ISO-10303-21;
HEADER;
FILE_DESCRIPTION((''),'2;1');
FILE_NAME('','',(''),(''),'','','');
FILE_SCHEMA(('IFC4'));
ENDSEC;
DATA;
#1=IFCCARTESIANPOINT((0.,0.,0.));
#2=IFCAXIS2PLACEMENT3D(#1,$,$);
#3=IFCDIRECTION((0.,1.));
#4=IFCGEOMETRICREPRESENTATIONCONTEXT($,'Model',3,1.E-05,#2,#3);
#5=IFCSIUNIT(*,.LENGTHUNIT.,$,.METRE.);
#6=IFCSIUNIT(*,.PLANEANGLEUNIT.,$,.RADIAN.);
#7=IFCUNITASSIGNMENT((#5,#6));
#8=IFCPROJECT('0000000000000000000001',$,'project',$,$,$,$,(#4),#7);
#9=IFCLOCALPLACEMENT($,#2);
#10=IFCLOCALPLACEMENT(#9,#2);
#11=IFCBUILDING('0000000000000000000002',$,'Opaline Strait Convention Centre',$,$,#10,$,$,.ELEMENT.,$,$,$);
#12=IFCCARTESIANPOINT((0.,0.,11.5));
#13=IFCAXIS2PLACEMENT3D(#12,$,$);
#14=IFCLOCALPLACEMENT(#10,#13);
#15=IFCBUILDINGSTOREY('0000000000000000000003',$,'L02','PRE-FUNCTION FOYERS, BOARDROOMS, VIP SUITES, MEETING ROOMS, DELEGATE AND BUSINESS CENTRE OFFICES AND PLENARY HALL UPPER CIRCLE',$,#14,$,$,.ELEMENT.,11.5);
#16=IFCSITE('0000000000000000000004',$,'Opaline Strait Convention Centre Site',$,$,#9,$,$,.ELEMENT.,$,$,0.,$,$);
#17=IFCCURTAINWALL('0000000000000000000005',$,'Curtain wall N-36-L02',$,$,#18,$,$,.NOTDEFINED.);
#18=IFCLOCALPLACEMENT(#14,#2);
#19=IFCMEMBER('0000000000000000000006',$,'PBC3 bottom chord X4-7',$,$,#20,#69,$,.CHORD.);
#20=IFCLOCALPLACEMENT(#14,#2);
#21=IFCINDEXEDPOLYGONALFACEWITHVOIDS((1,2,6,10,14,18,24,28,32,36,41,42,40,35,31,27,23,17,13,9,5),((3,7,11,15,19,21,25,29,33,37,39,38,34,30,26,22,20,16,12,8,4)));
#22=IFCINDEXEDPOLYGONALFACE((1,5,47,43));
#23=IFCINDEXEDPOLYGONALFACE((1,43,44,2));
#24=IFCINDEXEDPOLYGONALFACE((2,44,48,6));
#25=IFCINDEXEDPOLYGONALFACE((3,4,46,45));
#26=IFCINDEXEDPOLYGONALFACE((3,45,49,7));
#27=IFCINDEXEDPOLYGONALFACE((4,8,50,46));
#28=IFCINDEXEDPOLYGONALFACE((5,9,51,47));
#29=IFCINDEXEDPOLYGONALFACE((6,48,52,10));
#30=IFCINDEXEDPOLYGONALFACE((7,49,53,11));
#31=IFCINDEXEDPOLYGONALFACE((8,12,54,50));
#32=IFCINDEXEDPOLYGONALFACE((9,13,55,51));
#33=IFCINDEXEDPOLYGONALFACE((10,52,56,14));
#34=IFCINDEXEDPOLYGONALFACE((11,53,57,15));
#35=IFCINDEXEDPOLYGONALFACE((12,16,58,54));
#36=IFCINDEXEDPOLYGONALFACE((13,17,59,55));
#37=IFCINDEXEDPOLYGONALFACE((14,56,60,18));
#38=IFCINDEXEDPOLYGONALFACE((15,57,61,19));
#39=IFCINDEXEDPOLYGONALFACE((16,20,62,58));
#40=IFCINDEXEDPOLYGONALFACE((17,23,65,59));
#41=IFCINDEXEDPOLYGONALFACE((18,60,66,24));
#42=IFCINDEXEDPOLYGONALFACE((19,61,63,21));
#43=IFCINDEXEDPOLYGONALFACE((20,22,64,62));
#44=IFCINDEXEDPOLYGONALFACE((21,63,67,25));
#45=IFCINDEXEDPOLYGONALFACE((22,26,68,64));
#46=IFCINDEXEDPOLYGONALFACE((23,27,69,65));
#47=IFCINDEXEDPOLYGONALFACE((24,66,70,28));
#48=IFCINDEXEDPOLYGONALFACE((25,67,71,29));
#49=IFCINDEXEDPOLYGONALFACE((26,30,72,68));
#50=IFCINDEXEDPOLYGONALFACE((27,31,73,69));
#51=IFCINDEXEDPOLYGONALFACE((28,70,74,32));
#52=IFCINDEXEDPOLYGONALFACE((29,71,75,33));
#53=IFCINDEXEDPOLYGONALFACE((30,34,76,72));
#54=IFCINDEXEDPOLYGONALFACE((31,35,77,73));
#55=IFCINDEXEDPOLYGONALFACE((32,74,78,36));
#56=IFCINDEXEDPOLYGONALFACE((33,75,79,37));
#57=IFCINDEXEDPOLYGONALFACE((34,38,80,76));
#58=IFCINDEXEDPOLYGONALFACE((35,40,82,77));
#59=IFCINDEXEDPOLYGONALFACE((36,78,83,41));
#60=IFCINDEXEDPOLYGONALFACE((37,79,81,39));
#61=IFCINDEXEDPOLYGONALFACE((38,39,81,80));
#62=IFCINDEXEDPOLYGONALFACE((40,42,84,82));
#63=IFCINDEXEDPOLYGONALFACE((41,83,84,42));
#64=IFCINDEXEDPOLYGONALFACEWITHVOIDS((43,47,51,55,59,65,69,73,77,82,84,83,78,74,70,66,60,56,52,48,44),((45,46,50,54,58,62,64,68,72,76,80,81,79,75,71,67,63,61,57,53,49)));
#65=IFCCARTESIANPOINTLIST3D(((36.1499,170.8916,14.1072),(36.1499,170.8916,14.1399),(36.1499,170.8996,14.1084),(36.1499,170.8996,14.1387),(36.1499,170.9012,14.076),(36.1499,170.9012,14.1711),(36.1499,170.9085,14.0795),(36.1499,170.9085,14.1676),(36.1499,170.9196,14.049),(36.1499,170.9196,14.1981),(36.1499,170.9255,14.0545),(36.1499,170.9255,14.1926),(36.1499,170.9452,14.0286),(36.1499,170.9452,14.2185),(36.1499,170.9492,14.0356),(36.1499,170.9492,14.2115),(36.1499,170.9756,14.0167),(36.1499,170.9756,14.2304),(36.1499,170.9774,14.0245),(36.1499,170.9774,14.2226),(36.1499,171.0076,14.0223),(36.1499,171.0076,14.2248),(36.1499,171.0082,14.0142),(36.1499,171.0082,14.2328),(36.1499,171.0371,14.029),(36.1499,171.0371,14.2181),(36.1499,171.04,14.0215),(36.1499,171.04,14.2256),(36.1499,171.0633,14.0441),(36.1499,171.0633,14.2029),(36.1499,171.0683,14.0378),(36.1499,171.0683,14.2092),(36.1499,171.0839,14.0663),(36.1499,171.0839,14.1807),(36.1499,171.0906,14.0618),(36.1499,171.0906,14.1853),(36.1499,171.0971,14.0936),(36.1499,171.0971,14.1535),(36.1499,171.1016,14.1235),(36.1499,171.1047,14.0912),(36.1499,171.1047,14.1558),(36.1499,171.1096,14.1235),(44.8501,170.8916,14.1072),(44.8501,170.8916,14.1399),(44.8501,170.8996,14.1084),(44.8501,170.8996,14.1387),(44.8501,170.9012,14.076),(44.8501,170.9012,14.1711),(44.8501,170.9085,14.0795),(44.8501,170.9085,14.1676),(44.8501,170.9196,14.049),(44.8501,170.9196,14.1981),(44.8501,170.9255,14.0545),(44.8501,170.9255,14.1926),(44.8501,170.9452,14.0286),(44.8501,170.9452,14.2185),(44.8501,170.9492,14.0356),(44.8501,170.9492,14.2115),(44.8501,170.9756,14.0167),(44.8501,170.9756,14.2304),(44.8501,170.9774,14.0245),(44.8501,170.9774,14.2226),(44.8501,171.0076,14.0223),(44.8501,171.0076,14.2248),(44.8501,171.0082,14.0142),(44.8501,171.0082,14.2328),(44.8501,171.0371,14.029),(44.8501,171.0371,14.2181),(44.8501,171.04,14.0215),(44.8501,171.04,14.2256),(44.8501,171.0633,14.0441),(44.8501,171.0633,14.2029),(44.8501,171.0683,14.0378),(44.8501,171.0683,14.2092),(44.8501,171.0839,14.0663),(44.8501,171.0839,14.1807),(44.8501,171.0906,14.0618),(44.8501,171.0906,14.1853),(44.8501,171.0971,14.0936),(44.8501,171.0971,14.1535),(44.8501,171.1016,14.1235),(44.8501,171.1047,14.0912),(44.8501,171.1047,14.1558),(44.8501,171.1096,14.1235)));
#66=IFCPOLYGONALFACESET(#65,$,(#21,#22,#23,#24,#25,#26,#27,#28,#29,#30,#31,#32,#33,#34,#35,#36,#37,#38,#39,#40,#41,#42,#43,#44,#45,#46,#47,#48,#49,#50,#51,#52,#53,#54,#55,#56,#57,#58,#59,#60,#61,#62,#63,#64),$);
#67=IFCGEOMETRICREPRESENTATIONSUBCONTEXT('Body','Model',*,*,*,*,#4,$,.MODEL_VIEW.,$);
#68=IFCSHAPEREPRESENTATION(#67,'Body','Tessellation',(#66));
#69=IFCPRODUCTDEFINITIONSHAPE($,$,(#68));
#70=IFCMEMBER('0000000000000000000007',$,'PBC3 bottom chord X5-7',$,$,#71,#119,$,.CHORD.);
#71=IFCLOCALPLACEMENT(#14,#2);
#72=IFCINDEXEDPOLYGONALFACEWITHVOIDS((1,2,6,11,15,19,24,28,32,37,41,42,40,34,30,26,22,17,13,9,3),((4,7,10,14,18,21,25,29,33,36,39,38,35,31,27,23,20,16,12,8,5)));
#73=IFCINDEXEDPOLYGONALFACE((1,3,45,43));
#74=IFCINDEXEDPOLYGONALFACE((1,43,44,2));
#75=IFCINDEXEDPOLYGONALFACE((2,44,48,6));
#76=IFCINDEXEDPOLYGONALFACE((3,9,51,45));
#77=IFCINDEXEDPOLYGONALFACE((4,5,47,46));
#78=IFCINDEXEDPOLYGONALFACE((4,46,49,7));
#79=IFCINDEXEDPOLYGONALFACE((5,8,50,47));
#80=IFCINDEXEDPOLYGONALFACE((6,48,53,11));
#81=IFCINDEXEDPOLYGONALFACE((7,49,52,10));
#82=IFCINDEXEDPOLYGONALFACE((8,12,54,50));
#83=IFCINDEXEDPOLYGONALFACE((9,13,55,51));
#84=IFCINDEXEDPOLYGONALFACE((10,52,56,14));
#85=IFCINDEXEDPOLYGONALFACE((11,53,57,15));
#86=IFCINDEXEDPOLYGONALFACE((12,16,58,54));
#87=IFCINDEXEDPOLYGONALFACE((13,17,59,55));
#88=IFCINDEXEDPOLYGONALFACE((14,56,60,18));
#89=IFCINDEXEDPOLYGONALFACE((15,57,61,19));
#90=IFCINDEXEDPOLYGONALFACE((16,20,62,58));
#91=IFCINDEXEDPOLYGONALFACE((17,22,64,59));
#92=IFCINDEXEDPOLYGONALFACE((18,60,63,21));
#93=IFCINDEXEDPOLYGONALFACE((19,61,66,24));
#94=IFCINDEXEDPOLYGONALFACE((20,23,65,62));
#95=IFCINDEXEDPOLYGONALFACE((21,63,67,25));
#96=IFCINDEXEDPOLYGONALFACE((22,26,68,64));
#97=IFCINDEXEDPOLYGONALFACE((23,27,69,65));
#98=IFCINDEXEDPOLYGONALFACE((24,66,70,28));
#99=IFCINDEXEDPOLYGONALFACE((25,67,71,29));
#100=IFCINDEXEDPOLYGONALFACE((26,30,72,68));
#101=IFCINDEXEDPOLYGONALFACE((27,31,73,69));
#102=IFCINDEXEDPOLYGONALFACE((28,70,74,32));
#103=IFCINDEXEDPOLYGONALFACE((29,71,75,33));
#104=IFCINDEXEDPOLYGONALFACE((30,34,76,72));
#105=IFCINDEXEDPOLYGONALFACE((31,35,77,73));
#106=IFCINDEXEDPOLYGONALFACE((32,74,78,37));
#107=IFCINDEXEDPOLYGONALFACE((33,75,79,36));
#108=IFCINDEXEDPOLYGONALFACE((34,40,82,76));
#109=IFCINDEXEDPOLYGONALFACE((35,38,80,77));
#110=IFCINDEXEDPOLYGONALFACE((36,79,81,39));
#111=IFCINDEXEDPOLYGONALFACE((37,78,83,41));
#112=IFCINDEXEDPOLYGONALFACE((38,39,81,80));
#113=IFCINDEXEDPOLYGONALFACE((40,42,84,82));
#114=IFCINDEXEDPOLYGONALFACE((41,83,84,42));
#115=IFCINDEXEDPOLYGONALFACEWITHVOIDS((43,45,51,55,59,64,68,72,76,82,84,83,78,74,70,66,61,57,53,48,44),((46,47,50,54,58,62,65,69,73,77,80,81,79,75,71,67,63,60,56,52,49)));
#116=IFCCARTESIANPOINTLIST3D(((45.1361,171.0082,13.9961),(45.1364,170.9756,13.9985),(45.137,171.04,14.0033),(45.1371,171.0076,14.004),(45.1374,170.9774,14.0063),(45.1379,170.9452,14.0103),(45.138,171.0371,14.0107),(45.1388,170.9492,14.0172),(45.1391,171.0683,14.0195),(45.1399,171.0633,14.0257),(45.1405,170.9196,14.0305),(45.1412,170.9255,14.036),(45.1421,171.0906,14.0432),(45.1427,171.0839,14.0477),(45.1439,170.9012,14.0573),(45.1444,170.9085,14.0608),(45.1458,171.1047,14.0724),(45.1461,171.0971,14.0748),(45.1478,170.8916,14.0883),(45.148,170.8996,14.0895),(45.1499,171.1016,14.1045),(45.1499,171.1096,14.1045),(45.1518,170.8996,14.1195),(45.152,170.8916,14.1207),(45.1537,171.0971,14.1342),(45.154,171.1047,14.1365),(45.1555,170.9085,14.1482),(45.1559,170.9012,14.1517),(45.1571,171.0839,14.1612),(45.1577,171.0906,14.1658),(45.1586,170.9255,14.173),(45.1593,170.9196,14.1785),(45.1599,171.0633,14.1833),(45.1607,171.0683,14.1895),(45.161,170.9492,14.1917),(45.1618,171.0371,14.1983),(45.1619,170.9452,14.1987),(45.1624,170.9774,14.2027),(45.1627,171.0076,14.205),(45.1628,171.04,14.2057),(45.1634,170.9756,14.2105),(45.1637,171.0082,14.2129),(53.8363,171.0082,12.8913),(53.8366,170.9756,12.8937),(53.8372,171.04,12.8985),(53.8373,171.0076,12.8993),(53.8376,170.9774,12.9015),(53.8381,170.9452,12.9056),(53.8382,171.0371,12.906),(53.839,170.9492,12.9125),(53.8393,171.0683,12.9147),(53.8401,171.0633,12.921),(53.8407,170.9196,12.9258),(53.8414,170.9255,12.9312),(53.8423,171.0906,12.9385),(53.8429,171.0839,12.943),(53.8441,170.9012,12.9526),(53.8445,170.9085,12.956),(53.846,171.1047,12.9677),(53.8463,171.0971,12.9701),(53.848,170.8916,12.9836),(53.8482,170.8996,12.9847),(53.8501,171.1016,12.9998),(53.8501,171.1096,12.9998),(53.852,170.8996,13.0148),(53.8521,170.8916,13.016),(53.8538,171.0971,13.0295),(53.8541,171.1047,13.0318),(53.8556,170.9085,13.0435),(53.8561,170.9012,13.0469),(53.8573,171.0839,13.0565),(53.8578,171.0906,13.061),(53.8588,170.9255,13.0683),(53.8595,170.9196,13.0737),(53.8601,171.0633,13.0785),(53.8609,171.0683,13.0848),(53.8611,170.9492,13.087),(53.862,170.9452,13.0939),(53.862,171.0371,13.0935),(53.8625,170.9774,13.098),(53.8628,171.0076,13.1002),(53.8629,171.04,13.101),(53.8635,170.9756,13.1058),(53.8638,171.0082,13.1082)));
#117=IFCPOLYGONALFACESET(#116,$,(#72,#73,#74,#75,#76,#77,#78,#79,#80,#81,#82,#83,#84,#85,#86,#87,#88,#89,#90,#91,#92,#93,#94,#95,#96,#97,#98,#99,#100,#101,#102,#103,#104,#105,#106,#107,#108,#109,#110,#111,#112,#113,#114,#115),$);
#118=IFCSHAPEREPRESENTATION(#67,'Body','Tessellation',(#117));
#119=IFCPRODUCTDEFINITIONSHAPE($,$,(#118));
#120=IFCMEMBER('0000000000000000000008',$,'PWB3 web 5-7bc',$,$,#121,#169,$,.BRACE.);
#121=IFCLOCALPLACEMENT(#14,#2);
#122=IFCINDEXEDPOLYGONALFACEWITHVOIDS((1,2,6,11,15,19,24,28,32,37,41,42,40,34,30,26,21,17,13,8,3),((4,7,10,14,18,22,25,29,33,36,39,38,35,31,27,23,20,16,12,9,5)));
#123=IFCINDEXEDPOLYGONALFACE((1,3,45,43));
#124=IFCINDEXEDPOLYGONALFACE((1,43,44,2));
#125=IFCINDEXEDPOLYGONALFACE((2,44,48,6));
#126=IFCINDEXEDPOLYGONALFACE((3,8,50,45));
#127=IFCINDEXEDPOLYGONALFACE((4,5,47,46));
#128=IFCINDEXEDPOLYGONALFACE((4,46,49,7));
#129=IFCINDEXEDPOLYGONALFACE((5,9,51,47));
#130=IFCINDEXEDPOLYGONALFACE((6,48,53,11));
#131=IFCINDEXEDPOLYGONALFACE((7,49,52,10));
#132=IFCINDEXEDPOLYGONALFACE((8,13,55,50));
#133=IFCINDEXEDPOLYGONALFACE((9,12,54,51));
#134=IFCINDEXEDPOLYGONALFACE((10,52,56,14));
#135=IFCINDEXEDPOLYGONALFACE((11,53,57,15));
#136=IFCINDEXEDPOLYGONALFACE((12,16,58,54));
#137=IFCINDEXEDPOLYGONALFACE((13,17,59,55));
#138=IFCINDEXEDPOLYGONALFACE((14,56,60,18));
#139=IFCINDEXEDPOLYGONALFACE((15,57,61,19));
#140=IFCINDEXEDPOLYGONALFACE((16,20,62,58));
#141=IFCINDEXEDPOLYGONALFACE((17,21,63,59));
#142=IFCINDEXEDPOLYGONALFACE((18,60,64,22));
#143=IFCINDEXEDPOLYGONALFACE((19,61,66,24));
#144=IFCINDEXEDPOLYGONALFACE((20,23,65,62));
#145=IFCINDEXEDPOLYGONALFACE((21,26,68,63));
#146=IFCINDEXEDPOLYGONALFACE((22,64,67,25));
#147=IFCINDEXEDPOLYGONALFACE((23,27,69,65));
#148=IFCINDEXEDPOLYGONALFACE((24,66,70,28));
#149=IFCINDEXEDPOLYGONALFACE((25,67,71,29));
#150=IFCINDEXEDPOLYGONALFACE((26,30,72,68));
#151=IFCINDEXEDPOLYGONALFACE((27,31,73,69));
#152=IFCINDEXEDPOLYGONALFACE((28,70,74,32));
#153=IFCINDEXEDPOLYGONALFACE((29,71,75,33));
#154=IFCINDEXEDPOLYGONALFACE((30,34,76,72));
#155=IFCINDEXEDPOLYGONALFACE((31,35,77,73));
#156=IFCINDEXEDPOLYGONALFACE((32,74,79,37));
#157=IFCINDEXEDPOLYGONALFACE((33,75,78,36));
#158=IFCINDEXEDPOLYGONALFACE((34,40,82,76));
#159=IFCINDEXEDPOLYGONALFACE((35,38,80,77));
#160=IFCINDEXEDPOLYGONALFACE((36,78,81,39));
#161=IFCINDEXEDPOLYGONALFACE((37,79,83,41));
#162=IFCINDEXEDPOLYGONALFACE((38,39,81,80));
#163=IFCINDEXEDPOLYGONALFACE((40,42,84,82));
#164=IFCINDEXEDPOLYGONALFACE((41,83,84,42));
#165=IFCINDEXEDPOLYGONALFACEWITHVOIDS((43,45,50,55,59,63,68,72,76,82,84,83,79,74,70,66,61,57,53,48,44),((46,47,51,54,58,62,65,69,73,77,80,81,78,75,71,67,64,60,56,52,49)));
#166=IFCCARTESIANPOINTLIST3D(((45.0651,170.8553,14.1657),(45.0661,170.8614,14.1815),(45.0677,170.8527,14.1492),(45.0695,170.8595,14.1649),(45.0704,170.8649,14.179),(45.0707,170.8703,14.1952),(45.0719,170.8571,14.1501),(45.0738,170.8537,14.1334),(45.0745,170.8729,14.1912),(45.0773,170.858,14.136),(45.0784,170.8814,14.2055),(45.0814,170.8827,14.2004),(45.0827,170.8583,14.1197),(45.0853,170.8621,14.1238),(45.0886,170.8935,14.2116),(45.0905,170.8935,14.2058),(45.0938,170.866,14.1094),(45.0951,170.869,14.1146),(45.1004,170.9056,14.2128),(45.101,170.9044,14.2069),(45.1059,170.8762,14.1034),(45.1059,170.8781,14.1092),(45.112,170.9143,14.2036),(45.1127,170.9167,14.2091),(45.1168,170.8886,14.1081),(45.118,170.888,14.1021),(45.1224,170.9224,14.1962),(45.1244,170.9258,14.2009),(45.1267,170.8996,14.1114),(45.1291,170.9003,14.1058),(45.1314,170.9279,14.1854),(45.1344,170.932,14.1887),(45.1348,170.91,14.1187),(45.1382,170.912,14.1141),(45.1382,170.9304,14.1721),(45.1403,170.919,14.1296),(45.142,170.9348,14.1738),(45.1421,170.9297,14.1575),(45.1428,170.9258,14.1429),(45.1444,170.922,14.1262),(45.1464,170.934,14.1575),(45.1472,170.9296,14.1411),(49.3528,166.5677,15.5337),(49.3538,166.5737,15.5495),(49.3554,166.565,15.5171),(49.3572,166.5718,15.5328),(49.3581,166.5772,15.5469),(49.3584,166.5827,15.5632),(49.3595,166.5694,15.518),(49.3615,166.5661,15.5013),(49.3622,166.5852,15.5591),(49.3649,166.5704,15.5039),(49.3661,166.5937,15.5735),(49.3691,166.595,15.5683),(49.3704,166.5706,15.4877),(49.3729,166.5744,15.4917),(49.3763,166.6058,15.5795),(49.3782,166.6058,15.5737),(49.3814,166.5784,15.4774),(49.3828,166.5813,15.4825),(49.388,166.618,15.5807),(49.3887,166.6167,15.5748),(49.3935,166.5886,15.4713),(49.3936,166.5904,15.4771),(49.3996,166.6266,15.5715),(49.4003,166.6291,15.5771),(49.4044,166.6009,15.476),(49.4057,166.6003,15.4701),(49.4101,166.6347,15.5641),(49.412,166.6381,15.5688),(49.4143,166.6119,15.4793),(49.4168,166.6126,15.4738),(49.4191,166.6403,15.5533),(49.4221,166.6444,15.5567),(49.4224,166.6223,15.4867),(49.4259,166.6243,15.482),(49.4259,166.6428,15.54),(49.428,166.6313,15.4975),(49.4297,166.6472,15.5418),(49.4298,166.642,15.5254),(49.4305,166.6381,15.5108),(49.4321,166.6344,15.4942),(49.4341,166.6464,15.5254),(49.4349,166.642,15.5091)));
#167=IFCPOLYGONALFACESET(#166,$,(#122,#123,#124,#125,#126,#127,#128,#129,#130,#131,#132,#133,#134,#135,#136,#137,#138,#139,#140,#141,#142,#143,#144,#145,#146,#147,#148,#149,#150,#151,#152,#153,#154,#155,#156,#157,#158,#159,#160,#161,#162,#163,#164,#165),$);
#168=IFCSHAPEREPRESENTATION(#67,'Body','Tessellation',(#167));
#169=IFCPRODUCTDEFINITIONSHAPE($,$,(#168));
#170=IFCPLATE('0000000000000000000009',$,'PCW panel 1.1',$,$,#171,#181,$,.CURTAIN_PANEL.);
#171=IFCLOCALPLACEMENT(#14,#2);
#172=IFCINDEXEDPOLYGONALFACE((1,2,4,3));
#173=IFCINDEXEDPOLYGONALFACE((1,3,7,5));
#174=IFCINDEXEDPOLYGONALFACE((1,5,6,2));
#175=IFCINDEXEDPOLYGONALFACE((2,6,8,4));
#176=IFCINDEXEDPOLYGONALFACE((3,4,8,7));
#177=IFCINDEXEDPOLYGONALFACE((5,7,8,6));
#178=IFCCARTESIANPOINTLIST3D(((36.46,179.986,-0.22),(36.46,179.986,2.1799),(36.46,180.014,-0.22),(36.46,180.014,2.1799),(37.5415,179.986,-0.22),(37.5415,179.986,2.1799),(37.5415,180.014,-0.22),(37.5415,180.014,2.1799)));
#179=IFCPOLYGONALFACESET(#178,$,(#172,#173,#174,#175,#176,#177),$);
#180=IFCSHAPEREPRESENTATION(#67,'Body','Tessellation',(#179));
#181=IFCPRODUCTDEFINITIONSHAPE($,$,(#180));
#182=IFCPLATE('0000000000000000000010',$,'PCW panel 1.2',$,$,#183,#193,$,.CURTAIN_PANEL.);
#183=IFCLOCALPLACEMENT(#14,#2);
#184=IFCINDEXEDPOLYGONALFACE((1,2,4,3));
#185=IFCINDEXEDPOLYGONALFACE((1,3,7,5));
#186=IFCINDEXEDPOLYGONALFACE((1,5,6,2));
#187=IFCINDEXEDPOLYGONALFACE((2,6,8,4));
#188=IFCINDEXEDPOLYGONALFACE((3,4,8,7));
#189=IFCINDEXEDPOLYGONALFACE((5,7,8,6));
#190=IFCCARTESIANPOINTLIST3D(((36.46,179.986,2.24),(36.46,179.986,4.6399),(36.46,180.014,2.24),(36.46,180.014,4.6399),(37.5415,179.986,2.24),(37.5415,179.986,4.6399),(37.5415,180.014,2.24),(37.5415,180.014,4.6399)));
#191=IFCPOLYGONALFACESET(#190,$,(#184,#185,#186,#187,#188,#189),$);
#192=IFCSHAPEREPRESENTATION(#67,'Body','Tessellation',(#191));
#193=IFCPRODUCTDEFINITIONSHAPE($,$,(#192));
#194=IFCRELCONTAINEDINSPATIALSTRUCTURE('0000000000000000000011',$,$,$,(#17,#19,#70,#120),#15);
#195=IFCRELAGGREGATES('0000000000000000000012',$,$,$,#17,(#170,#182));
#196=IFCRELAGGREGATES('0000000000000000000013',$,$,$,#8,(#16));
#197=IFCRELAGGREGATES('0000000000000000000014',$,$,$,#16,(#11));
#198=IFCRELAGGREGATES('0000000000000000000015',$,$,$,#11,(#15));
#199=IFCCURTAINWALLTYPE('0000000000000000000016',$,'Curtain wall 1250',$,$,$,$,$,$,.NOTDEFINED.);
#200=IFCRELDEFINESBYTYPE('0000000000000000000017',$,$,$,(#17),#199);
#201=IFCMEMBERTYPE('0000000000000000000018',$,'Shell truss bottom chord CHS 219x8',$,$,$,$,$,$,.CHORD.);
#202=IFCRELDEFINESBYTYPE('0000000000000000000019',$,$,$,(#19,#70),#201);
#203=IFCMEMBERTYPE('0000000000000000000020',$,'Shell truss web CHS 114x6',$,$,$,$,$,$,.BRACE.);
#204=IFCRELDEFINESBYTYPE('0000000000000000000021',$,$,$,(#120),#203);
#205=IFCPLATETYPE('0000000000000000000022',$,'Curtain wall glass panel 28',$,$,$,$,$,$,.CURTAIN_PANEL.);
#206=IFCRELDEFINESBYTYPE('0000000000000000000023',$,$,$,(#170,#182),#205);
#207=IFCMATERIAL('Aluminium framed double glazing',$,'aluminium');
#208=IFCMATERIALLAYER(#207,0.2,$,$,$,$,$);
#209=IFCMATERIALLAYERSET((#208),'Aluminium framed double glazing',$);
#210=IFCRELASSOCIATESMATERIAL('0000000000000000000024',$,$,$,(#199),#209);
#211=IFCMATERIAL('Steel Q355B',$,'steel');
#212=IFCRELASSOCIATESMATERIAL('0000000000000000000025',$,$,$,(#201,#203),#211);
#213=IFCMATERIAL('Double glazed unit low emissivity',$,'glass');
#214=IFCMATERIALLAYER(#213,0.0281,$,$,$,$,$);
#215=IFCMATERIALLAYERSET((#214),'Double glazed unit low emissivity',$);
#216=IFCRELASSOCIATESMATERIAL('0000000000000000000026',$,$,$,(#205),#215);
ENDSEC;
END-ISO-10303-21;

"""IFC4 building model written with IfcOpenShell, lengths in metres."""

from ifc_helpers import new_model, si_unit, direction, frame, origin, origin_2d, place, context, subcontext, project, spatial, rectangle, hollow_circle, extrude, material, layer, layer_set, material_profile, profile_set, type_object, element, aggregate, save


model = new_model("IFC4")

# Units and contexts
model_context = context("Model", 3, precision=1e-05, world=origin(), true_north=direction((0.0, 1.0)))
body_context = subcontext(model_context, "Body", "Model", "MODEL_VIEW")
ifc_project = project(units=[si_unit("LENGTHUNIT", "METRE"), si_unit("PLANEANGLEUNIT", "RADIAN")], contexts=[model_context])

# Site, building, storey
site_placement = place(None, origin())
site = spatial("IfcSite", under=ifc_project, at=site_placement, Name="Opaline Strait Convention Centre Site", CompositionType="ELEMENT", RefElevation=0.0)
building_placement = place(site_placement, origin())
building = spatial("IfcBuilding", under=site, at=building_placement, Name="Opaline Strait Convention Centre", CompositionType="ELEMENT")
storey_placement = place(building_placement, frame((0.0, 0.0, 11.5)))
storey = spatial("IfcBuildingStorey", under=building, at=storey_placement, Name="L02", Description="PRE-FUNCTION FOYERS, BOARDROOMS, VIP SUITES, MEETING ROOMS, DELEGATE AND BUSINESS CENTRE OFFICES AND PLENARY HALL UPPER CIRCLE", CompositionType="ELEMENT", Elevation=11.5)

# Curtain wall
ifc_material_1 = material(Name="Aluminium framed double glazing", Category="aluminium")
ifc_layer_1 = layer(ifc_material_1, 0.2)
ifc_layer_set_1 = layer_set([ifc_layer_1], Name="Aluminium framed double glazing")
curtain_wall_type = type_object("IfcCurtainWallType", Name="Curtain wall 1250", PredefinedType="NOTDEFINED", material=ifc_layer_set_1)
curtain_wall_placement = place(storey_placement, origin())
curtain_wall = element("IfcCurtainWall", 1, at=curtain_wall_placement, inside=storey, type_object=curtain_wall_type, Name="Curtain wall N-36-L02", PredefinedType="NOTDEFINED")

# Members
ifc_material_2 = material(Name="Steel Q355B", Category="steel")
ifc_material_profile_1 = material_profile(ifc_material_2, hollow_circle(Radius=0.1096, WallThickness=0.0081, at=origin_2d()), Name="CHS 219x8")
ifc_profile_set_1 = profile_set([ifc_material_profile_1], Name="Steel Q355B")
member_type_1 = type_object("IfcMemberType", Name="Shell truss bottom chord CHS 219x8", PredefinedType="CHORD", material=ifc_profile_set_1)
member_1_placement = place(storey_placement, frame((36.1499, 171.0, 14.1235), z_axis=(1.0, 0.0, 0.0), x_axis=(0.0, 1.0, 0.0)))
element("IfcMember", 2, at=member_1_placement, inside=storey, type_object=member_type_1, Name="PBC3 bottom chord X4-7", PredefinedType="CHORD", context=body_context, shape_type="SweptSolid", body=[
    extrude(hollow_circle(Radius=0.1096, WallThickness=0.0081, at=origin_2d()), origin(), (0.0, 0.0, 1.0), 8.7002),
])
member_2_placement = place(storey_placement, frame((45.1499, 171.0, 14.1045), z_axis=(0.992034, 0.0, -0.125967), x_axis=(0.0, 1.0, 0.0)))
element("IfcMember", 3, at=member_2_placement, inside=storey, type_object=member_type_1, Name="PBC3 bottom chord X5-7", PredefinedType="CHORD", context=body_context, shape_type="SweptSolid", body=[
    extrude(hollow_circle(Radius=0.1096, WallThickness=0.0081, at=origin_2d()), origin(), (0.0, 0.0, 1.0), 8.77),
])
ifc_material_profile_2 = material_profile(ifc_material_2, hollow_circle(Radius=0.0569, WallThickness=0.0061, at=origin_2d()), Name="CHS 114x6")
ifc_profile_set_2 = profile_set([ifc_material_profile_2], Name="Steel Q355B")
member_type_2 = type_object("IfcMemberType", Name="Shell truss web CHS 114x6", PredefinedType="BRACE", material=ifc_profile_set_2)
member_3_placement = place(storey_placement, frame((45.1062, 170.8938, 14.1575), z_axis=(0.689772, -0.689772, 0.220066), x_axis=(0.707107, 0.707107, 0.0)))
element("IfcMember", 4, at=member_3_placement, inside=storey, type_object=member_type_2, Name="PWB3 web 5-7bc", PredefinedType="BRACE", context=body_context, shape_type="SweptSolid", body=[
    extrude(hollow_circle(Radius=0.0569, WallThickness=0.0061, at=origin_2d()), origin(), (0.0, 0.0, 1.0), 6.2161),
])

# Plates
ifc_material_3 = material(Name="Double glazed unit low emissivity", Category="glass")
ifc_layer_2 = layer(ifc_material_3, 0.0281)
ifc_layer_set_2 = layer_set([ifc_layer_2], Name="Double glazed unit low emissivity")
plate_type = type_object("IfcPlateType", Name="Curtain wall glass panel 28", PredefinedType="CURTAIN_PANEL", material=ifc_layer_set_2)
plate_1_placement = place(storey_placement, frame((37.0007, 180.0, -0.22), z_axis=(0.0, 0.0, 1.0), x_axis=(1.0, 0.0, 0.0)))
plate_1 = element("IfcPlate", 5, at=plate_1_placement, type_object=plate_type, Name="PCW panel 1.1", PredefinedType="CURTAIN_PANEL", context=body_context, shape_type="SweptSolid", body=[
    extrude(rectangle(XDim=1.0815, YDim=0.0281, at=origin_2d()), origin(), (0.0, 0.0, 1.0), 2.3999),
])
plate_2_placement = place(storey_placement, frame((37.0007, 180.0, 2.24), z_axis=(0.0, 0.0, 1.0), x_axis=(1.0, 0.0, 0.0)))
plate_2 = element("IfcPlate", 6, at=plate_2_placement, type_object=plate_type, Name="PCW panel 1.2", PredefinedType="CURTAIN_PANEL", context=body_context, shape_type="SweptSolid", body=[
    extrude(rectangle(XDim=1.0815, YDim=0.0281, at=origin_2d()), origin(), (0.0, 0.0, 1.0), 2.3999),
])
aggregate(curtain_wall, [plate_1, plate_2])

save(model, "model.ifc")
